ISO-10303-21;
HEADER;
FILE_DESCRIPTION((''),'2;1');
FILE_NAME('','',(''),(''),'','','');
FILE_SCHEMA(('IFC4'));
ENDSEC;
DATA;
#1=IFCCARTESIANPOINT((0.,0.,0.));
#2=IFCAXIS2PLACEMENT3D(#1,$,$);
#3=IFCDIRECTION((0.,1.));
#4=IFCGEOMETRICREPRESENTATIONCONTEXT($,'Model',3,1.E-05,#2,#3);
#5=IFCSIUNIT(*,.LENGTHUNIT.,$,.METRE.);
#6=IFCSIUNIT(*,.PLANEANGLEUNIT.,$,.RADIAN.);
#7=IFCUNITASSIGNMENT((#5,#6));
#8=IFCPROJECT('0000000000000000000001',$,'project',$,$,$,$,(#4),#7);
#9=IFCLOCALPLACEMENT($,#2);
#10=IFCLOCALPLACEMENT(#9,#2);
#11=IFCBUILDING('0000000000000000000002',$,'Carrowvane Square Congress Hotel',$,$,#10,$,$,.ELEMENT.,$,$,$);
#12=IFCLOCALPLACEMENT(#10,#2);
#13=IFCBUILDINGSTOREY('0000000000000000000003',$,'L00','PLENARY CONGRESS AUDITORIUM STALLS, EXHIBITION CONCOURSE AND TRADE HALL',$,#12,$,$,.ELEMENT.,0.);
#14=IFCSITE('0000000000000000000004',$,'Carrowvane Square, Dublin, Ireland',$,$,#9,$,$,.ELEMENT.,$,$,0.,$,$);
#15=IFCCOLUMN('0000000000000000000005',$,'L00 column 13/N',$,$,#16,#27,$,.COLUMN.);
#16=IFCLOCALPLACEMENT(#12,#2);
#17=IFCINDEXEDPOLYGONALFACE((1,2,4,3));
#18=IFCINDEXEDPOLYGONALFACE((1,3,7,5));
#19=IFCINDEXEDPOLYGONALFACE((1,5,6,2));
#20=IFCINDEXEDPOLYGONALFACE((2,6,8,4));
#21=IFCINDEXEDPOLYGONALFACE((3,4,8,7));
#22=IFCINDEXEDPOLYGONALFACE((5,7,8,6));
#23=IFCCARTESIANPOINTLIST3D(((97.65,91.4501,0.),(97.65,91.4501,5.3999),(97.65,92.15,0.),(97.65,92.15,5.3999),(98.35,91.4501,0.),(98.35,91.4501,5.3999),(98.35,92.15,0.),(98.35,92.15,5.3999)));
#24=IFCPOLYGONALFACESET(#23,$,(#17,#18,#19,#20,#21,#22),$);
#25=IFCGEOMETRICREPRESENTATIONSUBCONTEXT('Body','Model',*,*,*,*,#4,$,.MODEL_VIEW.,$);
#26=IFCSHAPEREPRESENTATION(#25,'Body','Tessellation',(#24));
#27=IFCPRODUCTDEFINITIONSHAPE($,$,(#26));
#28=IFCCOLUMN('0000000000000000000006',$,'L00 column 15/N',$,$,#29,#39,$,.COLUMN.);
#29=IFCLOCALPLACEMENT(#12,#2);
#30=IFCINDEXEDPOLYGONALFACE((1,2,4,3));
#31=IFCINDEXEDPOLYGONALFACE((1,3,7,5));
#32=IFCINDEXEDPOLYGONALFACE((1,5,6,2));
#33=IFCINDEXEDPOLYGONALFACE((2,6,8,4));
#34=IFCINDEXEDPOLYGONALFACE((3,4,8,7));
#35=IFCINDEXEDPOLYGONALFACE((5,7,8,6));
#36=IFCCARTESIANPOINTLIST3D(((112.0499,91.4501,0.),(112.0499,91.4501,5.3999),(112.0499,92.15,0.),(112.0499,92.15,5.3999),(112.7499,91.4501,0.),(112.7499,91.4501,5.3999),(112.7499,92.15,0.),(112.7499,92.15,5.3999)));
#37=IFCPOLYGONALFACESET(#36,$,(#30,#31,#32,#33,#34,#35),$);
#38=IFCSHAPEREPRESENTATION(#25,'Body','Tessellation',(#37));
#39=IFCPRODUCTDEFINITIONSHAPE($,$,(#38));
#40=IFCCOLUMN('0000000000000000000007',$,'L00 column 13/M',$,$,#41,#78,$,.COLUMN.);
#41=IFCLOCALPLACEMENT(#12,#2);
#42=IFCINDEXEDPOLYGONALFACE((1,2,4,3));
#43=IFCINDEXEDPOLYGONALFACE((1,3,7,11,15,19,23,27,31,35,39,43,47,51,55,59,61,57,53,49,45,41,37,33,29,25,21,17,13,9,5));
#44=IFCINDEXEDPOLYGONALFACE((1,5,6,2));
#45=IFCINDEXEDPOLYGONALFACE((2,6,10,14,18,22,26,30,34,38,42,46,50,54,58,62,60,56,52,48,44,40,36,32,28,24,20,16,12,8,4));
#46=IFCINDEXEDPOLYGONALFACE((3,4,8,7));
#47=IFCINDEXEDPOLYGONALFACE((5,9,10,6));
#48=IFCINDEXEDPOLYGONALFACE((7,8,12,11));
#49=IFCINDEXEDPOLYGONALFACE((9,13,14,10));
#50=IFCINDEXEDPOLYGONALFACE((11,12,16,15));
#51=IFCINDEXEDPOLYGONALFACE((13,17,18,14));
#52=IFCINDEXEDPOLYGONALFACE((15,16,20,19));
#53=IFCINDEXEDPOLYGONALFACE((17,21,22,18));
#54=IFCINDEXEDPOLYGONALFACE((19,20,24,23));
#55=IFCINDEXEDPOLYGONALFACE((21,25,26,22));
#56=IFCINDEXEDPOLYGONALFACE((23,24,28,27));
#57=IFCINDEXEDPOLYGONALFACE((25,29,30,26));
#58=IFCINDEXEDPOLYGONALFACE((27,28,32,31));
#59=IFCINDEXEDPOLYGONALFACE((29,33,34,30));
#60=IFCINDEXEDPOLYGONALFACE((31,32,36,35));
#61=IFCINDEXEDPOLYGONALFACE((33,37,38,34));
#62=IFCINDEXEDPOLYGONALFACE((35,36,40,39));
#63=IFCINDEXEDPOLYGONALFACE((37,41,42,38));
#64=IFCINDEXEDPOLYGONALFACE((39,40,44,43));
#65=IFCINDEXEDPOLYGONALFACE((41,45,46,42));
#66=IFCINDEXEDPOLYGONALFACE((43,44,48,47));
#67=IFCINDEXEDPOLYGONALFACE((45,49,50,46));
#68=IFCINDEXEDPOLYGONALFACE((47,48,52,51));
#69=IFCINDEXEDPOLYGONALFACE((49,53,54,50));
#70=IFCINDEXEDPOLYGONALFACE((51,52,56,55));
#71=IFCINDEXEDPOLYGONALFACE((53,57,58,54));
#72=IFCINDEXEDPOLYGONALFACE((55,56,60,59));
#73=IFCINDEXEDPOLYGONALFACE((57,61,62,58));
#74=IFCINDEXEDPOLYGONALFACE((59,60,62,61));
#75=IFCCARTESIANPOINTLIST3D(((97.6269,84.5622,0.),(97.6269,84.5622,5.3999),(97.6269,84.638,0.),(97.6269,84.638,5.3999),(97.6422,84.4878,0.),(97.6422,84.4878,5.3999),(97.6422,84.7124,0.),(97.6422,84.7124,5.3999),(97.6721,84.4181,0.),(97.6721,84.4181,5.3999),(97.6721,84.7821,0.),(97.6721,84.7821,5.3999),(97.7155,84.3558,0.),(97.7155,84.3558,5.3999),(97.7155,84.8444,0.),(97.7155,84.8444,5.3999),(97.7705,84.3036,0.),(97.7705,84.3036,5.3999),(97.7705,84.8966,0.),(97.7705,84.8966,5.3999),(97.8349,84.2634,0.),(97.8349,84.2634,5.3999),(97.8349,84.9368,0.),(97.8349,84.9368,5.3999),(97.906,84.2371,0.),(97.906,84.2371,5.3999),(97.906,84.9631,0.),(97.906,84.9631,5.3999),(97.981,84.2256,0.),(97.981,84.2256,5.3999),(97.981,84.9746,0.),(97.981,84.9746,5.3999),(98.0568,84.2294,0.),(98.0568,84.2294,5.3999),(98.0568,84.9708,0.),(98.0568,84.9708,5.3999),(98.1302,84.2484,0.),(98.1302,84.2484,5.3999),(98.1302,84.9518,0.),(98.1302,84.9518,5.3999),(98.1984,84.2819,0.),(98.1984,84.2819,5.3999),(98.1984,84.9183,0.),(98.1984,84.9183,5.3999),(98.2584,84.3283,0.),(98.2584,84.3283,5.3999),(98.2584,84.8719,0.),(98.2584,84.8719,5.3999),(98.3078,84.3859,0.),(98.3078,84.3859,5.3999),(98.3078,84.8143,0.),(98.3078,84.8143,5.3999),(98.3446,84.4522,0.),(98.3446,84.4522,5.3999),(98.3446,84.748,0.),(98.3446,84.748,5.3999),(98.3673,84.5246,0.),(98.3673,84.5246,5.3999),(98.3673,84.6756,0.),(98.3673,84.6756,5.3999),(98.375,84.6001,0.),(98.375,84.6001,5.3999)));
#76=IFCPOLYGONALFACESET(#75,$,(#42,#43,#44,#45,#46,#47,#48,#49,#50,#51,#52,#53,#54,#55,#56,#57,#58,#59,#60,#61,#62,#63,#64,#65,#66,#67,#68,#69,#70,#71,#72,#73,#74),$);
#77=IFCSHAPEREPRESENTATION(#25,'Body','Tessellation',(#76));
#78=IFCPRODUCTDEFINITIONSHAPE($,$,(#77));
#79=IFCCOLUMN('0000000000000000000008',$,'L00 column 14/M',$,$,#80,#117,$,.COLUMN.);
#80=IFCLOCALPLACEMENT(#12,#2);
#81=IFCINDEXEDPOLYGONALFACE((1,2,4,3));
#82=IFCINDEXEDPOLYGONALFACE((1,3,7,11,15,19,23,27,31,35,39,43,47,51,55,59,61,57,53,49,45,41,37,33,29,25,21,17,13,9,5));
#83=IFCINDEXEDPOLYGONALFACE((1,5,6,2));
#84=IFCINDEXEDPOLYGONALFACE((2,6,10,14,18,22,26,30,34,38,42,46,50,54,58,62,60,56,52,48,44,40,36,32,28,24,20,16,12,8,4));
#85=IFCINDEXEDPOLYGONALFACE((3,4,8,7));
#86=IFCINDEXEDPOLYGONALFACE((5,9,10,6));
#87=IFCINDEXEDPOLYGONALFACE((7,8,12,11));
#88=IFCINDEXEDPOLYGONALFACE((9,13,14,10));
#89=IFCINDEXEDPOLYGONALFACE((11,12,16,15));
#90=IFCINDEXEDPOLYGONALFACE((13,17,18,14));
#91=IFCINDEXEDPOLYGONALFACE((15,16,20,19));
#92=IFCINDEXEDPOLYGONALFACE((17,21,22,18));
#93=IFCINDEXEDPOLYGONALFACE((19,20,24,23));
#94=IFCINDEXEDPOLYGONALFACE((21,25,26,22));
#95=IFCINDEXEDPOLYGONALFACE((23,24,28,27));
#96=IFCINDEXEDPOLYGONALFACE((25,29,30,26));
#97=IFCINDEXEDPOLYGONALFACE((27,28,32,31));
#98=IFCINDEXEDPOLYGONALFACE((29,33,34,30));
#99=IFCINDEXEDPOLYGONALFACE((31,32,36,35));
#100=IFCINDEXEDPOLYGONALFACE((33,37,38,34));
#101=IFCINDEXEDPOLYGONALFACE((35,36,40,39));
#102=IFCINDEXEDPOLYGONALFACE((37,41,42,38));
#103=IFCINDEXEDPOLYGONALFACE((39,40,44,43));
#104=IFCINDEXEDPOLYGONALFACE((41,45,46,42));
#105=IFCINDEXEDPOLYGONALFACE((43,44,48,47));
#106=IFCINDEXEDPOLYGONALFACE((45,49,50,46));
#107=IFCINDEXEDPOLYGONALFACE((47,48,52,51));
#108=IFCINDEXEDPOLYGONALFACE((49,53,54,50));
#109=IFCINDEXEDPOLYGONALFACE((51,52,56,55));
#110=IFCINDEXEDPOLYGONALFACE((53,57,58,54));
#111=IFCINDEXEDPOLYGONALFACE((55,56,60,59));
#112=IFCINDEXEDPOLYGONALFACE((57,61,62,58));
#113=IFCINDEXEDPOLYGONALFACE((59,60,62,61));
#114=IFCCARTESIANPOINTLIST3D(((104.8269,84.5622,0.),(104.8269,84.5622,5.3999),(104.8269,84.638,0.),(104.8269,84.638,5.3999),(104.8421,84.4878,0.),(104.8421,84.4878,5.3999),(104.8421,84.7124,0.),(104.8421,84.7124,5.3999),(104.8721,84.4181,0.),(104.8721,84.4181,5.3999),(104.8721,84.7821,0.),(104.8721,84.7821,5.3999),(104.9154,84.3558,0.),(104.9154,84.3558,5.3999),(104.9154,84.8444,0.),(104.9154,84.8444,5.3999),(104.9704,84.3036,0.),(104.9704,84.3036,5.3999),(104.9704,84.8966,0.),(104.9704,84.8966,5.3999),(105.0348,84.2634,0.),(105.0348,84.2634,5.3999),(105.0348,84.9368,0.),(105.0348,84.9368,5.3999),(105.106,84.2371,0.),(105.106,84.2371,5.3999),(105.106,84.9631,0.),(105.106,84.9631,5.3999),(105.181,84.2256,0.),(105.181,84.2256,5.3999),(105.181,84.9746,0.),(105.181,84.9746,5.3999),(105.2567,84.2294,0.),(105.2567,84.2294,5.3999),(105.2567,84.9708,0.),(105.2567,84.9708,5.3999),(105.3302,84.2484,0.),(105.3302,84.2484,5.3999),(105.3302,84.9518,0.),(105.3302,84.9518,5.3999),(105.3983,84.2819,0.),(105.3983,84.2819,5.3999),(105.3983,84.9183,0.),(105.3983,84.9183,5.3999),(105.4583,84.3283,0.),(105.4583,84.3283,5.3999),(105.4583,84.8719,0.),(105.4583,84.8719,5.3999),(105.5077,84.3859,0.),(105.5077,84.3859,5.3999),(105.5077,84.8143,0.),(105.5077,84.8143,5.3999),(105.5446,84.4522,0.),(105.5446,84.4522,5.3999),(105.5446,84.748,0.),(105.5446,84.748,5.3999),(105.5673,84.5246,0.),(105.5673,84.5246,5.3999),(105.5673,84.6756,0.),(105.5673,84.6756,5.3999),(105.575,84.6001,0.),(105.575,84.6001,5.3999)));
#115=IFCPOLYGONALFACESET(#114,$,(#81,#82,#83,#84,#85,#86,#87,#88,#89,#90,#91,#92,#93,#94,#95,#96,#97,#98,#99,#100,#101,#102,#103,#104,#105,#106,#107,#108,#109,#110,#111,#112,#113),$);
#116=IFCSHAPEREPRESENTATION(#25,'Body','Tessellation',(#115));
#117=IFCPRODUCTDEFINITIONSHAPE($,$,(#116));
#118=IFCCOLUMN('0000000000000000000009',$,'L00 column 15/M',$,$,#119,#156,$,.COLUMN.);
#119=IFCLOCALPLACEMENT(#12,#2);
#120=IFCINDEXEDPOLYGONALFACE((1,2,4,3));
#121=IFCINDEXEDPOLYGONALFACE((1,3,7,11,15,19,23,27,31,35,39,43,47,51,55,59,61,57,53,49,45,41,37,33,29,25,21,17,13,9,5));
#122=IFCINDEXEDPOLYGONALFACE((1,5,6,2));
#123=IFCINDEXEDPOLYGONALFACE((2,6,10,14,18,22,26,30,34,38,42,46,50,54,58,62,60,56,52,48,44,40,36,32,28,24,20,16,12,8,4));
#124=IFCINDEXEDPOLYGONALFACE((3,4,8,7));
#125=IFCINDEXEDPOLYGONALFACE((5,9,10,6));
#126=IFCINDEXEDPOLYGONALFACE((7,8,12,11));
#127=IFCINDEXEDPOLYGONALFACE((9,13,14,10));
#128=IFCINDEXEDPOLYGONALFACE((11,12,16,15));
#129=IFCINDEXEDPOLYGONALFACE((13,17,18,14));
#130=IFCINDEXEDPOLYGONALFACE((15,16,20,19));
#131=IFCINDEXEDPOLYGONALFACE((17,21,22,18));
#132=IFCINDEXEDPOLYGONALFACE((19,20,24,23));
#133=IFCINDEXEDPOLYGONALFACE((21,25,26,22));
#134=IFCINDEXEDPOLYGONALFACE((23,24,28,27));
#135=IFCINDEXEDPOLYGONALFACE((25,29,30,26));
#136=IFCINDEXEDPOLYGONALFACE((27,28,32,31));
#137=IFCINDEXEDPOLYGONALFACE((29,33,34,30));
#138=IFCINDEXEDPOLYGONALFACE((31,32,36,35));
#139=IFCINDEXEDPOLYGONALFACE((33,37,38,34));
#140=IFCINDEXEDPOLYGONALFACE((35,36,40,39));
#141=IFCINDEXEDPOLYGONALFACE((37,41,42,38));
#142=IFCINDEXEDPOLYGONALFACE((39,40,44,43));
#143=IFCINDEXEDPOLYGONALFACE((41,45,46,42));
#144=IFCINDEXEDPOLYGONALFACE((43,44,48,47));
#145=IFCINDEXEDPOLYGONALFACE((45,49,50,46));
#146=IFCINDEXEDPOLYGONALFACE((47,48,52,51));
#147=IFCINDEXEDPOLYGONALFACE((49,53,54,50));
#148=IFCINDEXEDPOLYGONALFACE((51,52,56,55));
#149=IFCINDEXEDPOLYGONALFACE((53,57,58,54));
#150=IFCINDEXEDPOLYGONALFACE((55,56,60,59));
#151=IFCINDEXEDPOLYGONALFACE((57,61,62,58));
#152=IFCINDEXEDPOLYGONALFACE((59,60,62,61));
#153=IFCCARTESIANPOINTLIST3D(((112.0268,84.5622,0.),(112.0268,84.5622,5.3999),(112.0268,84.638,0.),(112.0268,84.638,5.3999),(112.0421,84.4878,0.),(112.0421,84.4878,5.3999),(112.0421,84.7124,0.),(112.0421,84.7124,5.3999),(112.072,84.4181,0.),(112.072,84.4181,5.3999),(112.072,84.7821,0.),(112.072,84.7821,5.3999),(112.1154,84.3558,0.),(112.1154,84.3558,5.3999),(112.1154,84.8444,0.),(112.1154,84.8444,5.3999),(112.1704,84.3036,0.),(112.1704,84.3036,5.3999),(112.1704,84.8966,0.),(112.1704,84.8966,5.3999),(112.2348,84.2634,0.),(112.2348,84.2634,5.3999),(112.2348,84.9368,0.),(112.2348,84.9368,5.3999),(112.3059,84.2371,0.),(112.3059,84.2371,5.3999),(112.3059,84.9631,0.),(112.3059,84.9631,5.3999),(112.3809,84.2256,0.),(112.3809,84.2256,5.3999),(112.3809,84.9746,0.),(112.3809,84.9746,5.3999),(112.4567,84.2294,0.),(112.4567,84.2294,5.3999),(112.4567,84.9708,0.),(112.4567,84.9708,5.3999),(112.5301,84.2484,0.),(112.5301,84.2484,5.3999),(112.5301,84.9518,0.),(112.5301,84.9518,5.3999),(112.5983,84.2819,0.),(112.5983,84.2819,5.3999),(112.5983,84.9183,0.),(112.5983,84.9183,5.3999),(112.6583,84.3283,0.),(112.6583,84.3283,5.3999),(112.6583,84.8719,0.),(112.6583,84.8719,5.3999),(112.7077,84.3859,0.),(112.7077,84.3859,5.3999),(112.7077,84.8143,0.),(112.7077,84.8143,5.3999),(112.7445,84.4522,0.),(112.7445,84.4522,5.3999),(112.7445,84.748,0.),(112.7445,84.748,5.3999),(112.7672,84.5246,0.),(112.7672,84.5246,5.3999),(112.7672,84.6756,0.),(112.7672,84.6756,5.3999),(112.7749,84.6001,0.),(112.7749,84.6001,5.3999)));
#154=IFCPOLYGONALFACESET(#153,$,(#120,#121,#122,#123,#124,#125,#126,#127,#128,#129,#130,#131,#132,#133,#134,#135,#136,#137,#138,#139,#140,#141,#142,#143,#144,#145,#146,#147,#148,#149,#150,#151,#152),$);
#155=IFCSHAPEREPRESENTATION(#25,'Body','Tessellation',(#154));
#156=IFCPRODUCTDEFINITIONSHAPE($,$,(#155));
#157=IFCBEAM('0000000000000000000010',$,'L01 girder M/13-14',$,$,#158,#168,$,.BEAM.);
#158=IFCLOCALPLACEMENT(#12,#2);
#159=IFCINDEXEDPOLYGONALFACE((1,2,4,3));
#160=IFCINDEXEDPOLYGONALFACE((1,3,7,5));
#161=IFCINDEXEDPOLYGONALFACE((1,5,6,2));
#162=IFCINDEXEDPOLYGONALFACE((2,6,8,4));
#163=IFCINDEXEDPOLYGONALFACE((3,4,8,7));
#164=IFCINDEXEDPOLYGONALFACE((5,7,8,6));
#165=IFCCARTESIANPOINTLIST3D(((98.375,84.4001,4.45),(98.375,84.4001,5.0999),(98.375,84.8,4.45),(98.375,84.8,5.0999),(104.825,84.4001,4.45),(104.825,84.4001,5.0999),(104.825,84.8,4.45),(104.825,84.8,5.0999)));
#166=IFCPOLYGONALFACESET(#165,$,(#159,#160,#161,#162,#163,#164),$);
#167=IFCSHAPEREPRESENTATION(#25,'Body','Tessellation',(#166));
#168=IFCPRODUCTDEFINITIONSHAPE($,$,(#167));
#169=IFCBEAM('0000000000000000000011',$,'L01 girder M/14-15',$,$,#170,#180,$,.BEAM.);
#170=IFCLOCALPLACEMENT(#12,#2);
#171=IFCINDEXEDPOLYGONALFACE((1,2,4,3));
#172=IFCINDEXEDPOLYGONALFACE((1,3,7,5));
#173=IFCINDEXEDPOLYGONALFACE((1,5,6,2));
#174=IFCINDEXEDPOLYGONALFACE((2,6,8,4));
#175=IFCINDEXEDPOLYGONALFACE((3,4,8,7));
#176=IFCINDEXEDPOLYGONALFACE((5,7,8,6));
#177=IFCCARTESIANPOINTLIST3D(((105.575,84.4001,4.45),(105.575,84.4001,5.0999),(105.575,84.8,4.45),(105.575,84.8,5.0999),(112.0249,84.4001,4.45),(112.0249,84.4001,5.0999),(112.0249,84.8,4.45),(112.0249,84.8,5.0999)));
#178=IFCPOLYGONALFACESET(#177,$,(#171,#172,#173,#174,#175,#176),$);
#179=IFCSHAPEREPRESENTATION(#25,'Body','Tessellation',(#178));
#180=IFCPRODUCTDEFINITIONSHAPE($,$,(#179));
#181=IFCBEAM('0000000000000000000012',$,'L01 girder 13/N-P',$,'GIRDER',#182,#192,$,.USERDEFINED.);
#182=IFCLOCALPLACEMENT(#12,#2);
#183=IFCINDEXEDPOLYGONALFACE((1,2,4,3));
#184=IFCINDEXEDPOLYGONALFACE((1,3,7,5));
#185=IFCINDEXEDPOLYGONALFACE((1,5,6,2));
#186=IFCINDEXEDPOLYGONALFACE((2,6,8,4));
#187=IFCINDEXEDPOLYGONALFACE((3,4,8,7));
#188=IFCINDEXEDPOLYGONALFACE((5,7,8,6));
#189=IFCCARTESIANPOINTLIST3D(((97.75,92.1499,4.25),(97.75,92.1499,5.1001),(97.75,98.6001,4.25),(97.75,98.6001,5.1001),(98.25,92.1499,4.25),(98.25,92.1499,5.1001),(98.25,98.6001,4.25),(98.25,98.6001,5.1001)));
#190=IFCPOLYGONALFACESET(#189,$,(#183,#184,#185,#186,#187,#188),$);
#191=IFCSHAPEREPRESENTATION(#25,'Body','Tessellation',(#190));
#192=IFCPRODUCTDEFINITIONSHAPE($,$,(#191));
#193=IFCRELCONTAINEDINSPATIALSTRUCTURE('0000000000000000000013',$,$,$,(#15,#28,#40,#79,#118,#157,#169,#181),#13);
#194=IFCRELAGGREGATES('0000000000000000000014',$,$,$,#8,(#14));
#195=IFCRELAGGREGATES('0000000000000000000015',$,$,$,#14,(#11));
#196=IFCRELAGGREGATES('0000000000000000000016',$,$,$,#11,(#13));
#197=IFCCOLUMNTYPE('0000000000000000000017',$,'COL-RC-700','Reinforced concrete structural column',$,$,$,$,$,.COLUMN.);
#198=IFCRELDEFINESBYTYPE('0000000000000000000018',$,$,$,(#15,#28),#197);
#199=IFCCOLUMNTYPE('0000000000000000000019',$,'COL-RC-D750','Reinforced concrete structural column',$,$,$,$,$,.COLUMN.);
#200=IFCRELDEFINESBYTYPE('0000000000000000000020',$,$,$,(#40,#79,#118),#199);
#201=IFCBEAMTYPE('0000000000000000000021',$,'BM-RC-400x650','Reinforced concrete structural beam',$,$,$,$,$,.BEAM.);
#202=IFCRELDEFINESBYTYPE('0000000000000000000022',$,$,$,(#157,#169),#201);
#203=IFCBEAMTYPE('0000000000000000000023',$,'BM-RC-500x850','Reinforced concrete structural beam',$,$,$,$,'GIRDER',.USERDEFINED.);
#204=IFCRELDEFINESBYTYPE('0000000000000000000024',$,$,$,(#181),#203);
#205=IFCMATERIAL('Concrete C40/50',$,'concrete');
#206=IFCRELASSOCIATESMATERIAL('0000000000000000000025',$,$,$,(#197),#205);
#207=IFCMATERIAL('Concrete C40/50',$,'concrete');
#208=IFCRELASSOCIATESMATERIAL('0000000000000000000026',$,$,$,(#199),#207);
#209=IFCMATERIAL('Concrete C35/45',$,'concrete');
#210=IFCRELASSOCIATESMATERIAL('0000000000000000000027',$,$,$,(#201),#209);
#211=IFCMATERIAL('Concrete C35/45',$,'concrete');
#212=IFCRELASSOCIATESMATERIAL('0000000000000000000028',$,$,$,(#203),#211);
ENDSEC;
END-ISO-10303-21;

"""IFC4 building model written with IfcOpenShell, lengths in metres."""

from ifc_helpers import new_model, si_unit, direction, frame, origin, origin_2d, place, context, subcontext, project, spatial, rectangle, circle, extrude, material, material_profile, profile_set, type_object, element, save


model = new_model("IFC4")

# Units and contexts
model_context = context("Model", 3, precision=1e-05, world=origin(), true_north=direction((0.0, 1.0)))
body_context = subcontext(model_context, "Body", "Model", "MODEL_VIEW")
ifc_project = project(units=[si_unit("LENGTHUNIT", "METRE"), si_unit("PLANEANGLEUNIT", "RADIAN")], contexts=[model_context])

# Site, building, storey
site_placement = place(None, origin())
site = spatial("IfcSite", under=ifc_project, at=site_placement, Name="Carrowvane Square, Dublin, Ireland", CompositionType="ELEMENT", RefElevation=0.0)
building_placement = place(site_placement, origin())
building = spatial("IfcBuilding", under=site, at=building_placement, Name="Carrowvane Square Congress Hotel", CompositionType="ELEMENT")
storey_placement = place(building_placement, origin())
storey = spatial("IfcBuildingStorey", under=building, at=storey_placement, Name="L00", Description="PLENARY CONGRESS AUDITORIUM STALLS, EXHIBITION CONCOURSE AND TRADE HALL", CompositionType="ELEMENT", Elevation=0.0)

# Columns
ifc_material_1 = material(Name="Concrete C40/50", Category="concrete")
ifc_material_profile_1 = material_profile(ifc_material_1, rectangle(XDim=0.7, YDim=0.7, at=origin_2d()), Name="RC 700x700")
ifc_profile_set_1 = profile_set([ifc_material_profile_1], Name="Concrete C40/50")
column_type_1 = type_object("IfcColumnType", Name="COL-RC-700", Description="Reinforced concrete structural column", PredefinedType="COLUMN", material=ifc_profile_set_1)
for number, where, z_axis, x_axis, name in (
    (1, (98.0, 91.8, 0.0), (0.0, 0.0, 1.0), (1.0, 0.0, 0.0), "L00 column 13/N"),
    (2, (112.3999, 91.8, 0.0), (0.0, 0.0, 1.0), (1.0, 0.0, 0.0), "L00 column 15/N"),
):
    element("IfcColumn", number, at=place(storey_placement, frame(where, z_axis=z_axis, x_axis=x_axis)), inside=storey, type_object=column_type_1, Name=name, PredefinedType="COLUMN", context=body_context, shape_type="SweptSolid", body=[
        extrude(rectangle(XDim=0.7, YDim=0.7, at=origin_2d()), origin(), (0.0, 0.0, 1.0), 5.3999),
    ])
ifc_material_2 = material(Name="Concrete C40/50", Category="concrete")
ifc_material_profile_2 = material_profile(ifc_material_2, circle(Radius=0.375, at=origin_2d()), Name="RC D750")
ifc_profile_set_2 = profile_set([ifc_material_profile_2], Name="Concrete C40/50")
column_type_2 = type_object("IfcColumnType", Name="COL-RC-D750", Description="Reinforced concrete structural column", PredefinedType="COLUMN", material=ifc_profile_set_2)
for number, where, z_axis, x_axis, name in (
    (3, (98.0, 84.6001, 0.0), (0.0, 0.0, 1.0), (1.0, 0.0, 0.0), "L00 column 13/M"),
    (4, (105.2, 84.6001, 0.0), (0.0, 0.0, 1.0), (1.0, 0.0, 0.0), "L00 column 14/M"),
    (5, (112.3999, 84.6001, 0.0), (0.0, 0.0, 1.0), (1.0, 0.0, 0.0), "L00 column 15/M"),
):
    element("IfcColumn", number, at=place(storey_placement, frame(where, z_axis=z_axis, x_axis=x_axis)), inside=storey, type_object=column_type_2, Name=name, PredefinedType="COLUMN", context=body_context, shape_type="SweptSolid", body=[
        extrude(circle(Radius=0.375, at=origin_2d()), origin(), (0.0, 0.0, 1.0), 5.3999),
    ])

# Beams
ifc_material_3 = material(Name="Concrete C35/45", Category="concrete")
ifc_material_profile_3 = material_profile(ifc_material_3, rectangle(XDim=0.3999, YDim=0.6499, at=origin_2d()), Name="RC 400x650")
ifc_profile_set_3 = profile_set([ifc_material_profile_3], Name="Concrete C35/45")
beam_type_1 = type_object("IfcBeamType", Name="BM-RC-400x650", Description="Reinforced concrete structural beam", PredefinedType="BEAM", material=ifc_profile_set_3)
for number, where, z_axis, x_axis, name in (
    (6, (98.375, 84.6001, 4.7749), (1.0, 0.0, 0.0), (0.0, 1.0, 0.0), "L01 girder M/13-14"),
    (7, (105.575, 84.6001, 4.7749), (1.0, 0.0, 0.0), (0.0, 1.0, 0.0), "L01 girder M/14-15"),
):
    element("IfcBeam", number, at=place(storey_placement, frame(where, z_axis=z_axis, x_axis=x_axis)), inside=storey, type_object=beam_type_1, Name=name, PredefinedType="BEAM", context=body_context, shape_type="SweptSolid", body=[
        extrude(rectangle(XDim=0.3999, YDim=0.6499, at=origin_2d()), origin(), (0.0, 0.0, 1.0), 6.45),
    ])
ifc_material_4 = material(Name="Concrete C35/45", Category="concrete")
ifc_material_profile_4 = material_profile(ifc_material_4, rectangle(XDim=0.5, YDim=0.8501, at=origin_2d()), Name="RC 500x850")
ifc_profile_set_4 = profile_set([ifc_material_profile_4], Name="Concrete C35/45")
beam_type_2 = type_object("IfcBeamType", Name="BM-RC-500x850", Description="Reinforced concrete structural beam", ElementType="GIRDER", PredefinedType="USERDEFINED", material=ifc_profile_set_4)
beam_placement = place(storey_placement, frame((98.0, 92.1499, 4.675), z_axis=(0.0, 1.0, 0.0), x_axis=(-1.0, 0.0, 0.0)))
element("IfcBeam", 8, at=beam_placement, inside=storey, type_object=beam_type_2, Name="L01 girder 13/N-P", ObjectType="GIRDER", PredefinedType="USERDEFINED", context=body_context, shape_type="SweptSolid", body=[
    extrude(rectangle(XDim=0.5, YDim=0.8501, at=origin_2d()), origin(), (0.0, 0.0, 1.0), 6.4502),
])

save(model, "model.ifc")
